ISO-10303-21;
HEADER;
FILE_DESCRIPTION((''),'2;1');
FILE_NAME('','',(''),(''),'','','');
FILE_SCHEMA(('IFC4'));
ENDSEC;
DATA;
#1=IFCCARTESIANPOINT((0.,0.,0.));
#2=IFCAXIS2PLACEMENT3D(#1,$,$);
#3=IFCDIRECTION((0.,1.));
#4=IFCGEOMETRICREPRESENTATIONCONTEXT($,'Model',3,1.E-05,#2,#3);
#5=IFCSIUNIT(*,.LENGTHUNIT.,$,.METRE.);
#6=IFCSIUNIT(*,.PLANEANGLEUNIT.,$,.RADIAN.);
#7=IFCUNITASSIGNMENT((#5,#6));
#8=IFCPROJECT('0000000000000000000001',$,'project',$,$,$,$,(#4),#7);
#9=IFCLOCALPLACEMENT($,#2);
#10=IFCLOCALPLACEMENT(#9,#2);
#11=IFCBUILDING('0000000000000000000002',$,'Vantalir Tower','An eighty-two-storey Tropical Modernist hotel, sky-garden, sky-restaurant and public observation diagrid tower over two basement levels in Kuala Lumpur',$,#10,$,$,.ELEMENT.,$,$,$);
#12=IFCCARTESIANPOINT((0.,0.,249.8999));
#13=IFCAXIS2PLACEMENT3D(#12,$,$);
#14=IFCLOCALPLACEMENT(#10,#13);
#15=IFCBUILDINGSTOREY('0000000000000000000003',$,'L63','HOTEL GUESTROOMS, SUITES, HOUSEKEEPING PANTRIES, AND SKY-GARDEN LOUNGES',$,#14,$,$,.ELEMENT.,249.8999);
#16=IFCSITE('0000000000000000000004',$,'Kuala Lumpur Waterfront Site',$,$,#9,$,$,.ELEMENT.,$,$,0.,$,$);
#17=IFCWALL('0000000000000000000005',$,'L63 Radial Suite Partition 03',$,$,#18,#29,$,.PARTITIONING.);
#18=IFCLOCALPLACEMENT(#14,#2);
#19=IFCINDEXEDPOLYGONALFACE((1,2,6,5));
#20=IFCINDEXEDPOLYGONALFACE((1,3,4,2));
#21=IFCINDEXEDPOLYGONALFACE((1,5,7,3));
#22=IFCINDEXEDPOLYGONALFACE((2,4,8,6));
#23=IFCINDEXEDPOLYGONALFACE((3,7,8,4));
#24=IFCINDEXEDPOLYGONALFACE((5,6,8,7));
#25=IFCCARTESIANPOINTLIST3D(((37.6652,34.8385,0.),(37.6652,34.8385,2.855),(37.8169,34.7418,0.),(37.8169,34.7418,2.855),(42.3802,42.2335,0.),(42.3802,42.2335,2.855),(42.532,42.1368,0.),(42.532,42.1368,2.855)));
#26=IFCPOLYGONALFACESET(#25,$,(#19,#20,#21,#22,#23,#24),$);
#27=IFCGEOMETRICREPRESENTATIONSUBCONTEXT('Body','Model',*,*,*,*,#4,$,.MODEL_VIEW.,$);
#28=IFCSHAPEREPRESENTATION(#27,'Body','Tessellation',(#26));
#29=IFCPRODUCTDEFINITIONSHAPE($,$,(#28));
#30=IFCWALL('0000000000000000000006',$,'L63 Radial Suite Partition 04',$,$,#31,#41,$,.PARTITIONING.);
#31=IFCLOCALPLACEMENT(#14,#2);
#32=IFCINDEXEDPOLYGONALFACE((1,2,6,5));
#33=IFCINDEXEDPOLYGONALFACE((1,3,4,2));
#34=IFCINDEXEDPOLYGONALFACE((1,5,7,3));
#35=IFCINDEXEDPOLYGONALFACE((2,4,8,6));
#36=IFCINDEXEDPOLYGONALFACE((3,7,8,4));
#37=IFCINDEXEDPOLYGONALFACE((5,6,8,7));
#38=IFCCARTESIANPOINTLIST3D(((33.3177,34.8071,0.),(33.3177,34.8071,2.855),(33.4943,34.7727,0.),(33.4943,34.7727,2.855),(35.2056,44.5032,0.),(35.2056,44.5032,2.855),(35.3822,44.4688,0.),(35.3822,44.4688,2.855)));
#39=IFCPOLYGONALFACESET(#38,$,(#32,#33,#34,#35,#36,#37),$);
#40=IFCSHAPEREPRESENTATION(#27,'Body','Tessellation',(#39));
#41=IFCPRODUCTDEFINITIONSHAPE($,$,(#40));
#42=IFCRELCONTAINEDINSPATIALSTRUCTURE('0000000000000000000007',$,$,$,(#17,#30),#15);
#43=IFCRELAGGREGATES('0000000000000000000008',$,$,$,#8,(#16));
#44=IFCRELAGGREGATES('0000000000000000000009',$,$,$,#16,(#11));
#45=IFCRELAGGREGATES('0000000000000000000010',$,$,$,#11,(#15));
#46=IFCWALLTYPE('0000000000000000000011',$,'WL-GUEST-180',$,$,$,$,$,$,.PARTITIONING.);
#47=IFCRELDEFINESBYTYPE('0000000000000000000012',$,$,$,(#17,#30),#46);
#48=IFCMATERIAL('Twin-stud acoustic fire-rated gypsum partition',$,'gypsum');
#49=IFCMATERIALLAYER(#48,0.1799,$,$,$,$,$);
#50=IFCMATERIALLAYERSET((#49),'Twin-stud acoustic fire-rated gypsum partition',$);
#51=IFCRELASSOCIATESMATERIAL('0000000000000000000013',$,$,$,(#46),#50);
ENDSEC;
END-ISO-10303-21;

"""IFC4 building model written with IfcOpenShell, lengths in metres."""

from ifc_helpers import new_model, si_unit, direction, frame, frame_2d, origin, place, context, subcontext, project, spatial, rectangle, extrude, material, layer, layer_set, type_object, element, save


model = new_model("IFC4")

# Units and contexts
model_context = context("Model", 3, precision=1e-05, world=origin(), true_north=direction((0.0, 1.0)))
body_context = subcontext(model_context, "Body", "Model", "MODEL_VIEW")
ifc_project = project(units=[si_unit("LENGTHUNIT", "METRE"), si_unit("PLANEANGLEUNIT", "RADIAN")], contexts=[model_context])

# Site, building, storey
site_placement = place(None, origin())
site = spatial("IfcSite", under=ifc_project, at=site_placement, Name="Kuala Lumpur Waterfront Site", CompositionType="ELEMENT", RefElevation=0.0)
building_placement = place(site_placement, origin())
building = spatial("IfcBuilding", under=site, at=building_placement, Name="Vantalir Tower", Description="An eighty-two-storey Tropical Modernist hotel, sky-garden, sky-restaurant and public observation diagrid tower over two basement levels in Kuala Lumpur", CompositionType="ELEMENT")
storey_placement = place(building_placement, frame((0.0, 0.0, 249.8999)))
storey = spatial("IfcBuildingStorey", under=building, at=storey_placement, Name="L63", Description="HOTEL GUESTROOMS, SUITES, HOUSEKEEPING PANTRIES, AND SKY-GARDEN LOUNGES", CompositionType="ELEMENT", Elevation=249.8999)

# Walls
ifc_material_1 = material(Name="Twin-stud acoustic fire-rated gypsum partition", Category="gypsum")
ifc_layer_1 = layer(ifc_material_1, 0.1799)
ifc_layer_set_1 = layer_set([ifc_layer_1], Name="Twin-stud acoustic fire-rated gypsum partition")
wall_type_1 = type_object("IfcWallType", Name="WL-GUEST-180", PredefinedType="PARTITIONING", material=ifc_layer_set_1)
wall_1_placement = place(storey_placement, frame((37.741, 34.79, 0.0), z_axis=(0.0, 0.0, 1.0), x_axis=(0.537619, 0.843188, 0.0)))
element("IfcWall", 1, at=wall_1_placement, inside=storey, type_object=wall_type_1, Name="L63 Radial Suite Partition 03", PredefinedType="PARTITIONING", context=body_context, shape_type="SweptSolid", body=[
    extrude(rectangle(XDim=8.7703, YDim=0.1799, at=frame_2d((4.3853, 0.0))), origin(), (0.0, 0.0, 1.0), 2.855),
])
wall_2_placement = place(storey_placement, frame((33.406, 34.79, 0.0), z_axis=(0.0, 0.0, 1.0), x_axis=(0.191123, 0.981566, 0.0)))
element("IfcWall", 2, at=wall_2_placement, inside=storey, type_object=wall_type_1, Name="L63 Radial Suite Partition 04", PredefinedType="PARTITIONING", context=body_context, shape_type="SweptSolid", body=[
    extrude(rectangle(XDim=9.8782, YDim=0.1799, at=frame_2d((4.939, 0.0))), origin(), (0.0, 0.0, 1.0), 2.855),
])

save(model, "model.ifc")
